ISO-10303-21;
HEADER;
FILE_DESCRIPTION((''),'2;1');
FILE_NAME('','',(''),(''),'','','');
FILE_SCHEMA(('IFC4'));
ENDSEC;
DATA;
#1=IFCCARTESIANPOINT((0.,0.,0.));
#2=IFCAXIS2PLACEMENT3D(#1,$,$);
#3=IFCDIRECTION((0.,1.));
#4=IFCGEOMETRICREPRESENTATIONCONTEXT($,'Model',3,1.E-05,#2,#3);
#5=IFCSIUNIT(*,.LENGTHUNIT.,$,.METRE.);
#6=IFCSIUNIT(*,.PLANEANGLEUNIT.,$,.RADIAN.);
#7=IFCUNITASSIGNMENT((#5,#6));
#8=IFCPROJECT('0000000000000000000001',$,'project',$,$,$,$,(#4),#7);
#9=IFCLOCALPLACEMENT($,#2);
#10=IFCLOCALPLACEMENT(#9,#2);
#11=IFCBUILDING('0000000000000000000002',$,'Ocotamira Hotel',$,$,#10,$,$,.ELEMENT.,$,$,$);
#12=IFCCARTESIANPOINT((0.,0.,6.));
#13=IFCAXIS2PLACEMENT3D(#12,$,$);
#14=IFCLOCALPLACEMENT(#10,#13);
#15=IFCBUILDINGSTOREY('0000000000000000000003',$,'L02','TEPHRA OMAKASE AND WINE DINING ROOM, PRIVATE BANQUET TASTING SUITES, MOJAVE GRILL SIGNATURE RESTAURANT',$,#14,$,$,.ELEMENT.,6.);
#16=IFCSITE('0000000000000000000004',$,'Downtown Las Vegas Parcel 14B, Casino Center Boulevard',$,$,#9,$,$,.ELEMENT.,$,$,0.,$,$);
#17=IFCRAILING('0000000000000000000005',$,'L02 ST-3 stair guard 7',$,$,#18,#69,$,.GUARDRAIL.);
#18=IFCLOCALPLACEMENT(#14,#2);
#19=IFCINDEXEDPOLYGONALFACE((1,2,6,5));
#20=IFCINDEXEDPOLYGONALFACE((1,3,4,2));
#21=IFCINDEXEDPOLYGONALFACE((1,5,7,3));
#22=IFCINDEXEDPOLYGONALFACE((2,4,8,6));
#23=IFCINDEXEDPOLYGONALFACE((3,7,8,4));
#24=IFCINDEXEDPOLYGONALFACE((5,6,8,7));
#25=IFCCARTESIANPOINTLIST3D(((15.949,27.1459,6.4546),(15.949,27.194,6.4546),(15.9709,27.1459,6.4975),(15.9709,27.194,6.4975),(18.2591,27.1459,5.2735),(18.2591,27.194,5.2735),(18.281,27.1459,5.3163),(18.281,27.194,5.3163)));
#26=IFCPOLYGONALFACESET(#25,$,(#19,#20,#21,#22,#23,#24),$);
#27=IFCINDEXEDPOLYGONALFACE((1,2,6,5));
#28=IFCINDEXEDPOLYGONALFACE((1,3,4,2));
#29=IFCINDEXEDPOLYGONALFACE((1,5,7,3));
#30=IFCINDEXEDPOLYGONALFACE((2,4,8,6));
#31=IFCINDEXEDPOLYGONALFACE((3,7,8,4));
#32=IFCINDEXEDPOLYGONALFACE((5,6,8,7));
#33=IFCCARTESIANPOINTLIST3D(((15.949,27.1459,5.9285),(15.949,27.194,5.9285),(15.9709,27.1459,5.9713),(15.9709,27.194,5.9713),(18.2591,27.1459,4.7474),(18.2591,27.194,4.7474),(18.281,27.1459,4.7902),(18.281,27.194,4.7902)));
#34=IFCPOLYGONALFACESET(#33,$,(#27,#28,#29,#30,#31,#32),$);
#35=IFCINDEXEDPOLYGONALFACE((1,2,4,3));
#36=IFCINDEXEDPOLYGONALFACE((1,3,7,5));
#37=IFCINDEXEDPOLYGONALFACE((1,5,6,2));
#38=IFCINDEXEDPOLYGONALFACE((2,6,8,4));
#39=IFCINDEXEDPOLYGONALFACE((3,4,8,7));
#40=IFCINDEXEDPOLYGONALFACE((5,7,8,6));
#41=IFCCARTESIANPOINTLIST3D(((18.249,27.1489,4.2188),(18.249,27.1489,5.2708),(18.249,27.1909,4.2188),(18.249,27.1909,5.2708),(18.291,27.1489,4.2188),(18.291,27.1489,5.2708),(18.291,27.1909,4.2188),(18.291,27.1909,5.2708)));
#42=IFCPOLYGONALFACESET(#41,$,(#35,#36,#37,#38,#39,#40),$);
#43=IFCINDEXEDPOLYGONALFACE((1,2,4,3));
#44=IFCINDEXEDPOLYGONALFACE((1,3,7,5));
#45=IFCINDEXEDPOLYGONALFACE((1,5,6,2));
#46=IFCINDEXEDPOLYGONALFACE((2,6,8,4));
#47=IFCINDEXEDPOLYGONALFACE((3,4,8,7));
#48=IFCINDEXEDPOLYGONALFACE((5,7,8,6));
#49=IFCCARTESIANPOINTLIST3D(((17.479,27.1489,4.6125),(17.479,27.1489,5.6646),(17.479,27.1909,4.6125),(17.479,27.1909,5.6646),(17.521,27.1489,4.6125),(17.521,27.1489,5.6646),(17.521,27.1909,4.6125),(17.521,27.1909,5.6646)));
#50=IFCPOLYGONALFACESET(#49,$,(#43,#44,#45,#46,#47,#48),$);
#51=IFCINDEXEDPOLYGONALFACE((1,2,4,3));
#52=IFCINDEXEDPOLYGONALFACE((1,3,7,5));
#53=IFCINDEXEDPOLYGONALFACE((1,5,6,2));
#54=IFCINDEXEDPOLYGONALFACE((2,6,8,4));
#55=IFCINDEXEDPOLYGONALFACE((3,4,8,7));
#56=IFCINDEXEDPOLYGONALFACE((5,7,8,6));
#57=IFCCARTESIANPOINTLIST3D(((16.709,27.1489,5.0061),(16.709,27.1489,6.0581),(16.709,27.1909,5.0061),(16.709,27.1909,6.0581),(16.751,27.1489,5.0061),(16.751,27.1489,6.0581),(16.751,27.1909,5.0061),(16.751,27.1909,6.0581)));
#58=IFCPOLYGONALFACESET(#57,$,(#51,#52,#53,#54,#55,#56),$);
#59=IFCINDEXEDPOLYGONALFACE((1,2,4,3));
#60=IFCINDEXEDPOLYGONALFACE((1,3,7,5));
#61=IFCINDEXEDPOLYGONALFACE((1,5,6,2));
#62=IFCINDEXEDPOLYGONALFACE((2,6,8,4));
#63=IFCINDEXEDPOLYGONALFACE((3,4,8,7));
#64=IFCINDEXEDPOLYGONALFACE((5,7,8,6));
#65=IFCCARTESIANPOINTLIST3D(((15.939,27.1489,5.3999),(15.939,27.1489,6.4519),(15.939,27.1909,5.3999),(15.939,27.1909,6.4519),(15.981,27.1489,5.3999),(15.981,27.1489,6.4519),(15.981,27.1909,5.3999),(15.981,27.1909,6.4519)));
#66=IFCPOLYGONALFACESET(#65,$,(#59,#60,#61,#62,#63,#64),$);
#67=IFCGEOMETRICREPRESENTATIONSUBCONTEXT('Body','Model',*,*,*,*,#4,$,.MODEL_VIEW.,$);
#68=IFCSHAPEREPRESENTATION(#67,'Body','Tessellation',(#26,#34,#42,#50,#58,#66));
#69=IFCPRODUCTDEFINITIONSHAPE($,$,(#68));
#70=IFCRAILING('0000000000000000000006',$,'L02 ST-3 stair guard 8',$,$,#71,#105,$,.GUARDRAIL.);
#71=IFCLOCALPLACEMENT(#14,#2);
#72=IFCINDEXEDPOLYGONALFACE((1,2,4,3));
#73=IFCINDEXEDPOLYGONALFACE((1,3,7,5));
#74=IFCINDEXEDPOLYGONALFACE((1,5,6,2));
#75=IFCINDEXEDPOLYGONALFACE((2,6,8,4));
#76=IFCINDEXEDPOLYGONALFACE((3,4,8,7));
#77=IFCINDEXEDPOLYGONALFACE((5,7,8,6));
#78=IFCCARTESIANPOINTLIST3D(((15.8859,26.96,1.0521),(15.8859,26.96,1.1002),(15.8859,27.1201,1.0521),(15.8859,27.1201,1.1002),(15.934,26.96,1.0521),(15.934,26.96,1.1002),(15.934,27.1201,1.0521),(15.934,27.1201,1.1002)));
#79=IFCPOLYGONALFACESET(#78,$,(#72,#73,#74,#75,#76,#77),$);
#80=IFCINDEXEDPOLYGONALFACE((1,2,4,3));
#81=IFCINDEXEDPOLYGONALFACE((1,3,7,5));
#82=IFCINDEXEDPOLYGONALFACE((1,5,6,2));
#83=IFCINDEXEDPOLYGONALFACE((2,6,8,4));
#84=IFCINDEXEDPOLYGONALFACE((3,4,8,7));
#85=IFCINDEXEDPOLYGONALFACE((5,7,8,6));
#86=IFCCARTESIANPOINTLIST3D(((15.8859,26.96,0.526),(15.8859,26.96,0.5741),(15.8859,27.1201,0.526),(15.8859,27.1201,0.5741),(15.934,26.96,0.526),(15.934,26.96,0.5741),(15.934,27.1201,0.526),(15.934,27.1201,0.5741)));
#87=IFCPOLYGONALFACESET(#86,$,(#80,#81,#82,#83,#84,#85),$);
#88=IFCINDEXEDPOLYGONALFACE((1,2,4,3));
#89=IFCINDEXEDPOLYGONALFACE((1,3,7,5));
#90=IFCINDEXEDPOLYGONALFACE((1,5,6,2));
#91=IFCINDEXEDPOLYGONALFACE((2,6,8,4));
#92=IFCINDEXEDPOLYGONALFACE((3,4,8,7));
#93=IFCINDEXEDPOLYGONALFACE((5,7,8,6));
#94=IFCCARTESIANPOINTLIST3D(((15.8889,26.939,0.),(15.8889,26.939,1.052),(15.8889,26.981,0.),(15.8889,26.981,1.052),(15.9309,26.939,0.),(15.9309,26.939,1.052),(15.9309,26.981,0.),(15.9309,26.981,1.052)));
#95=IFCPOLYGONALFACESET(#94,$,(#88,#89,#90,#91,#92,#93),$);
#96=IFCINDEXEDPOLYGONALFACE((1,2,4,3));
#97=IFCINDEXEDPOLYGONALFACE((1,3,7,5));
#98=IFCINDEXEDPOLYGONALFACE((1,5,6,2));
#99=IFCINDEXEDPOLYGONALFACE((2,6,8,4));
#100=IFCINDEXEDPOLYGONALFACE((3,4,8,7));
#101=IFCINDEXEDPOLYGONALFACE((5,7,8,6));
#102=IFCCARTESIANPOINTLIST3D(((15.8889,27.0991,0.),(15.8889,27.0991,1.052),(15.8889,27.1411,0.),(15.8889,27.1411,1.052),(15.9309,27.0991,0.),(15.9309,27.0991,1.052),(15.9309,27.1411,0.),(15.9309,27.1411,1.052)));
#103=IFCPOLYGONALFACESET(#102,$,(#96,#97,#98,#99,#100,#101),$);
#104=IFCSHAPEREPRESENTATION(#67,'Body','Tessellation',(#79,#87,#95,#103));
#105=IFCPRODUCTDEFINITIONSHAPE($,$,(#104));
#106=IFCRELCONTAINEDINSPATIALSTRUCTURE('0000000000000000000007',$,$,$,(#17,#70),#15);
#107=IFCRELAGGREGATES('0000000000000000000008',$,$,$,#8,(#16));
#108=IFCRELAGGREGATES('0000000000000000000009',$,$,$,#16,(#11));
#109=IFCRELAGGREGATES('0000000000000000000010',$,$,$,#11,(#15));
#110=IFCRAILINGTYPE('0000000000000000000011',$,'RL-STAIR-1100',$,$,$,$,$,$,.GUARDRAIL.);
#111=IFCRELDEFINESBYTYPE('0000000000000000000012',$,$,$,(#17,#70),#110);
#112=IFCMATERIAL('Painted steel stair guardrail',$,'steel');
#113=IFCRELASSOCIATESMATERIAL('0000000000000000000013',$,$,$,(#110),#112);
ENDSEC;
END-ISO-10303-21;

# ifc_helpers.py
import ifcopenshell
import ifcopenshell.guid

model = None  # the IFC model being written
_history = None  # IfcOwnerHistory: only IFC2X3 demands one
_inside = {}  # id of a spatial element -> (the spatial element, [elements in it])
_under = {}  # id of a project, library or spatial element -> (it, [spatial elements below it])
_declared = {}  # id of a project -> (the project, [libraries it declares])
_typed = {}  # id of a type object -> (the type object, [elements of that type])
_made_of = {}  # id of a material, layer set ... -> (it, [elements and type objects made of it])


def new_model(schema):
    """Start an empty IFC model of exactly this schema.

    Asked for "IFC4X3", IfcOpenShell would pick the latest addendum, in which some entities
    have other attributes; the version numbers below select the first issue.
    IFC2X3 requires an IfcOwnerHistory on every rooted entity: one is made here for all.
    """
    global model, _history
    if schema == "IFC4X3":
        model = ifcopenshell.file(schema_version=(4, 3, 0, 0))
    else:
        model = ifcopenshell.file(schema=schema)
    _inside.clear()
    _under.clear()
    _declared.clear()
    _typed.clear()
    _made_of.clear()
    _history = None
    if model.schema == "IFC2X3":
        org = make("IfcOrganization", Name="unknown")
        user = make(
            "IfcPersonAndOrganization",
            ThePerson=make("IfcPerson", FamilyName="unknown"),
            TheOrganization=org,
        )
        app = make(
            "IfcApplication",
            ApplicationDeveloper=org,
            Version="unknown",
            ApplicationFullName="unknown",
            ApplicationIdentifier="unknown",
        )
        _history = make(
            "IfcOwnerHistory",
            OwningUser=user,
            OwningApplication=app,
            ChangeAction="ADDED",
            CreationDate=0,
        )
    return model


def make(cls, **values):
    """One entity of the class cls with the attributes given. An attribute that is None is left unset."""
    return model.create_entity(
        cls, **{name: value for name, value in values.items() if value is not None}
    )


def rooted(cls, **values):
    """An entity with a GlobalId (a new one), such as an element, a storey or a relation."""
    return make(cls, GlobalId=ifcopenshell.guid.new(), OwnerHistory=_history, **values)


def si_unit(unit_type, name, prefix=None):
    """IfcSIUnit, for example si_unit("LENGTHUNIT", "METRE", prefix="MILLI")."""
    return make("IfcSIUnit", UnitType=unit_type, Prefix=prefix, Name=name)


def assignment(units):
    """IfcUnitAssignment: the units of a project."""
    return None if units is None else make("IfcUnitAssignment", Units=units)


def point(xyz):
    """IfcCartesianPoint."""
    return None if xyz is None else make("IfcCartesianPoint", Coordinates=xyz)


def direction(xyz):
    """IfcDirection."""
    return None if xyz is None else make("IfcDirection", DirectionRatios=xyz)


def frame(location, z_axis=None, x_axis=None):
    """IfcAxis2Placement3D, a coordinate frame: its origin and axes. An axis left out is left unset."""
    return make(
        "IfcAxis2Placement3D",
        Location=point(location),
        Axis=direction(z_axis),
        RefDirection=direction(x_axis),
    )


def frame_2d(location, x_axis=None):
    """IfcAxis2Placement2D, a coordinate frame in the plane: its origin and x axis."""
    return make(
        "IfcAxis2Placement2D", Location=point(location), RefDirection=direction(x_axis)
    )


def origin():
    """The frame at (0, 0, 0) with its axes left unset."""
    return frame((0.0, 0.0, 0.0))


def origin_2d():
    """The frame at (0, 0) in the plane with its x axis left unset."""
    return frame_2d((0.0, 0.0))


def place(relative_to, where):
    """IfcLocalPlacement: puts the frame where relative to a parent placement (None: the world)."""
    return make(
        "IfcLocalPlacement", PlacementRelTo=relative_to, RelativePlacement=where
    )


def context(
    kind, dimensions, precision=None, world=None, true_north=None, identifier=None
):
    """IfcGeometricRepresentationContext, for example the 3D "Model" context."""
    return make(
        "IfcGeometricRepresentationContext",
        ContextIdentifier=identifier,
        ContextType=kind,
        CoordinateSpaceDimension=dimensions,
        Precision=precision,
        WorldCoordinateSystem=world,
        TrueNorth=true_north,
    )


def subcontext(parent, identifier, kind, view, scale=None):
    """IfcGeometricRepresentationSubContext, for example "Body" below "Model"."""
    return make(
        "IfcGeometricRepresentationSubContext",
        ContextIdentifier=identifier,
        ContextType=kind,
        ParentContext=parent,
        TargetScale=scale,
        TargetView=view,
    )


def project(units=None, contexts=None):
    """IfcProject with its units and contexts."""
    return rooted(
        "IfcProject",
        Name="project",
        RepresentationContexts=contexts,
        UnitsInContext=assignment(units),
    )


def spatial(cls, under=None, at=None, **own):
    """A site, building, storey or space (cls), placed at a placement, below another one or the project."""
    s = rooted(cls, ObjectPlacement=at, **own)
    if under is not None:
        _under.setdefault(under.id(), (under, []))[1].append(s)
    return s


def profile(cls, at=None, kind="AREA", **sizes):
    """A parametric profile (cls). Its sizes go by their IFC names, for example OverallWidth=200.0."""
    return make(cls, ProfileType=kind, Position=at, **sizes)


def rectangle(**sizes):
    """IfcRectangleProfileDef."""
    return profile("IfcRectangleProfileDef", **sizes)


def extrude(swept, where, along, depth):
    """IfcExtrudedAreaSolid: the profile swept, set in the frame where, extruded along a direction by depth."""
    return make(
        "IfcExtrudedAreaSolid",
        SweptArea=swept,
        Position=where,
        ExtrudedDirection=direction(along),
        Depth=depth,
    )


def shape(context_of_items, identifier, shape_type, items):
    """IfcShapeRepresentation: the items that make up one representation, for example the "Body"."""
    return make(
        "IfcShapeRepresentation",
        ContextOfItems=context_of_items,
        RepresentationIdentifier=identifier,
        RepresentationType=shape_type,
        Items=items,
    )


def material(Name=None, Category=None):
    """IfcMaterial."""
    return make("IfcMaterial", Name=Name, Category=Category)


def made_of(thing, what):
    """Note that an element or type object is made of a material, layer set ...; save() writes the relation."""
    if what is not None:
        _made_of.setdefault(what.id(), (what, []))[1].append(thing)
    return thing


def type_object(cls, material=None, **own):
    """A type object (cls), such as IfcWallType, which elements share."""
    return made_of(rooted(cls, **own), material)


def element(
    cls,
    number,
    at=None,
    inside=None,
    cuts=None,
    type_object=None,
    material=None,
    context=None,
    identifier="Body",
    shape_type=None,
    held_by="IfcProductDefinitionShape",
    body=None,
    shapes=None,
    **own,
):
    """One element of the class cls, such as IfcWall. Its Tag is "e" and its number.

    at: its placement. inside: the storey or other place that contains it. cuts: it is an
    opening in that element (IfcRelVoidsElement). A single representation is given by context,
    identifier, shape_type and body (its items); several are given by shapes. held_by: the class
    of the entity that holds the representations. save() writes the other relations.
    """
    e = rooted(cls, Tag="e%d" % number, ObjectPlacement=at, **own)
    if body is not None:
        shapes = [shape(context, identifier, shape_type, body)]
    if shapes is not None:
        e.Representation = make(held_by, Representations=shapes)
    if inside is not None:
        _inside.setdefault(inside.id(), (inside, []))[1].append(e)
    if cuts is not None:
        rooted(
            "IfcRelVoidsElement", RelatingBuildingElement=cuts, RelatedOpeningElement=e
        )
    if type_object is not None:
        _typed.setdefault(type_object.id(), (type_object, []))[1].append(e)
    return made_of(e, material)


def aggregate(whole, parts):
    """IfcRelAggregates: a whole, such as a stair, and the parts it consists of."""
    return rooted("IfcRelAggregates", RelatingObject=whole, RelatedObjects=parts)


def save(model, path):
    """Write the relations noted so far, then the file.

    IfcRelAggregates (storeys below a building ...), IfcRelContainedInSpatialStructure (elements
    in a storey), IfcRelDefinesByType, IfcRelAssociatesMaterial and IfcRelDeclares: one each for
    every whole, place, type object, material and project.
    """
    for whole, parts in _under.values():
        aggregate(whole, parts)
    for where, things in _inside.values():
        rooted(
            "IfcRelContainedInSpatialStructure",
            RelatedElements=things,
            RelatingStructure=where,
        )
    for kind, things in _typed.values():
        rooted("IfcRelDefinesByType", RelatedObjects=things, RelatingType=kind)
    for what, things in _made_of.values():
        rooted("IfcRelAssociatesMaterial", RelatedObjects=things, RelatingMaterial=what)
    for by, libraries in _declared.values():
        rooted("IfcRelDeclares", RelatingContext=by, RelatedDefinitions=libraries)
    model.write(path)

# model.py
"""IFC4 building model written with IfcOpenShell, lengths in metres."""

from ifc_helpers import new_model, si_unit, direction, frame, origin, origin_2d, place, context, subcontext, project, spatial, rectangle, extrude, material, type_object, element, save


model = new_model("IFC4")

# Units and contexts
model_context = context("Model", 3, precision=1e-05, world=origin(), true_north=direction((0.0, 1.0)))
body_context = subcontext(model_context, "Body", "Model", "MODEL_VIEW")
ifc_project = project(units=[si_unit("LENGTHUNIT", "METRE"), si_unit("PLANEANGLEUNIT", "RADIAN")], contexts=[model_context])

# Site, building, storey
site_placement = place(None, origin())
site = spatial("IfcSite", under=ifc_project, at=site_placement, Name="Downtown Las Vegas Parcel 14B, Casino Center Boulevard", CompositionType="ELEMENT", RefElevation=0.0)
building_placement = place(site_placement, origin())
building = spatial("IfcBuilding", under=site, at=building_placement, Name="Ocotamira Hotel", CompositionType="ELEMENT")
storey_placement = place(building_placement, frame((0.0, 0.0, 6.0)))
storey = spatial("IfcBuildingStorey", under=building, at=storey_placement, Name="L02", Description="TEPHRA OMAKASE AND WINE DINING ROOM, PRIVATE BANQUET TASTING SUITES, MOJAVE GRILL SIGNATURE RESTAURANT", CompositionType="ELEMENT", Elevation=6.0)

# Railings
ifc_material_1 = material(Name="Painted steel stair guardrail", Category="steel")
railing_type_1 = type_object("IfcRailingType", Name="RL-STAIR-1100", PredefinedType="GUARDRAIL", material=ifc_material_1)
railing_1_placement = place(storey_placement, frame((18.27, 27.1699, 4.2188)))
element("IfcRailing", 1, at=railing_1_placement, inside=storey, type_object=railing_type_1, Name="L02 ST-3 stair guard 7", PredefinedType="GUARDRAIL", context=body_context, shape_type="SweptSolid", body=[
    extrude(rectangle(XDim=0.0481, YDim=0.0481, at=origin_2d()), frame((0.0, 0.0, 1.0762), z_axis=(-0.890363, 0.0, 0.45525), x_axis=(0.0, -1.0, 0.0)), (0.0, 0.0, 1.0), 2.5945),
    extrude(rectangle(XDim=0.0481, YDim=0.0481, at=origin_2d()), frame((0.0, 0.0, 0.55), z_axis=(-0.890363, 0.0, 0.45525), x_axis=(0.0, -1.0, 0.0)), (0.0, 0.0, 1.0), 2.5945),
    extrude(rectangle(XDim=0.042, YDim=0.042, at=origin_2d()), origin(), (0.0, 0.0, 1.0), 1.052),
    extrude(rectangle(XDim=0.042, YDim=0.042, at=origin_2d()), frame((-0.77, 0.0, 0.3938)), (0.0, 0.0, 1.0), 1.052),
    extrude(rectangle(XDim=0.042, YDim=0.042, at=origin_2d()), frame((-1.54, 0.0, 0.7874)), (0.0, 0.0, 1.0), 1.052),
    extrude(rectangle(XDim=0.042, YDim=0.042, at=origin_2d()), frame((-2.3101, 0.0, 1.1812)), (0.0, 0.0, 1.0), 1.052),
])
railing_2_placement = place(storey_placement, frame((15.9099, 26.96, 0.0)))
element("IfcRailing", 2, at=railing_2_placement, inside=storey, type_object=railing_type_1, Name="L02 ST-3 stair guard 8", PredefinedType="GUARDRAIL", context=body_context, shape_type="SweptSolid", body=[
    extrude(rectangle(XDim=0.0481, YDim=0.0481, at=origin_2d()), frame((0.0, 0.0, 1.0762), z_axis=(0.0, 1.0, 0.0), x_axis=(-1.0, 0.0, 0.0)), (0.0, 0.0, 1.0), 0.1602),
    extrude(rectangle(XDim=0.0481, YDim=0.0481, at=origin_2d()), frame((0.0, 0.0, 0.55), z_axis=(0.0, 1.0, 0.0), x_axis=(-1.0, 0.0, 0.0)), (0.0, 0.0, 1.0), 0.1602),
    extrude(rectangle(XDim=0.042, YDim=0.042, at=origin_2d()), origin(), (0.0, 0.0, 1.0), 1.052),
    extrude(rectangle(XDim=0.042, YDim=0.042, at=origin_2d()), frame((0.0, 0.1602, 0.0)), (0.0, 0.0, 1.0), 1.052),
])

save(model, "model.ifc")
